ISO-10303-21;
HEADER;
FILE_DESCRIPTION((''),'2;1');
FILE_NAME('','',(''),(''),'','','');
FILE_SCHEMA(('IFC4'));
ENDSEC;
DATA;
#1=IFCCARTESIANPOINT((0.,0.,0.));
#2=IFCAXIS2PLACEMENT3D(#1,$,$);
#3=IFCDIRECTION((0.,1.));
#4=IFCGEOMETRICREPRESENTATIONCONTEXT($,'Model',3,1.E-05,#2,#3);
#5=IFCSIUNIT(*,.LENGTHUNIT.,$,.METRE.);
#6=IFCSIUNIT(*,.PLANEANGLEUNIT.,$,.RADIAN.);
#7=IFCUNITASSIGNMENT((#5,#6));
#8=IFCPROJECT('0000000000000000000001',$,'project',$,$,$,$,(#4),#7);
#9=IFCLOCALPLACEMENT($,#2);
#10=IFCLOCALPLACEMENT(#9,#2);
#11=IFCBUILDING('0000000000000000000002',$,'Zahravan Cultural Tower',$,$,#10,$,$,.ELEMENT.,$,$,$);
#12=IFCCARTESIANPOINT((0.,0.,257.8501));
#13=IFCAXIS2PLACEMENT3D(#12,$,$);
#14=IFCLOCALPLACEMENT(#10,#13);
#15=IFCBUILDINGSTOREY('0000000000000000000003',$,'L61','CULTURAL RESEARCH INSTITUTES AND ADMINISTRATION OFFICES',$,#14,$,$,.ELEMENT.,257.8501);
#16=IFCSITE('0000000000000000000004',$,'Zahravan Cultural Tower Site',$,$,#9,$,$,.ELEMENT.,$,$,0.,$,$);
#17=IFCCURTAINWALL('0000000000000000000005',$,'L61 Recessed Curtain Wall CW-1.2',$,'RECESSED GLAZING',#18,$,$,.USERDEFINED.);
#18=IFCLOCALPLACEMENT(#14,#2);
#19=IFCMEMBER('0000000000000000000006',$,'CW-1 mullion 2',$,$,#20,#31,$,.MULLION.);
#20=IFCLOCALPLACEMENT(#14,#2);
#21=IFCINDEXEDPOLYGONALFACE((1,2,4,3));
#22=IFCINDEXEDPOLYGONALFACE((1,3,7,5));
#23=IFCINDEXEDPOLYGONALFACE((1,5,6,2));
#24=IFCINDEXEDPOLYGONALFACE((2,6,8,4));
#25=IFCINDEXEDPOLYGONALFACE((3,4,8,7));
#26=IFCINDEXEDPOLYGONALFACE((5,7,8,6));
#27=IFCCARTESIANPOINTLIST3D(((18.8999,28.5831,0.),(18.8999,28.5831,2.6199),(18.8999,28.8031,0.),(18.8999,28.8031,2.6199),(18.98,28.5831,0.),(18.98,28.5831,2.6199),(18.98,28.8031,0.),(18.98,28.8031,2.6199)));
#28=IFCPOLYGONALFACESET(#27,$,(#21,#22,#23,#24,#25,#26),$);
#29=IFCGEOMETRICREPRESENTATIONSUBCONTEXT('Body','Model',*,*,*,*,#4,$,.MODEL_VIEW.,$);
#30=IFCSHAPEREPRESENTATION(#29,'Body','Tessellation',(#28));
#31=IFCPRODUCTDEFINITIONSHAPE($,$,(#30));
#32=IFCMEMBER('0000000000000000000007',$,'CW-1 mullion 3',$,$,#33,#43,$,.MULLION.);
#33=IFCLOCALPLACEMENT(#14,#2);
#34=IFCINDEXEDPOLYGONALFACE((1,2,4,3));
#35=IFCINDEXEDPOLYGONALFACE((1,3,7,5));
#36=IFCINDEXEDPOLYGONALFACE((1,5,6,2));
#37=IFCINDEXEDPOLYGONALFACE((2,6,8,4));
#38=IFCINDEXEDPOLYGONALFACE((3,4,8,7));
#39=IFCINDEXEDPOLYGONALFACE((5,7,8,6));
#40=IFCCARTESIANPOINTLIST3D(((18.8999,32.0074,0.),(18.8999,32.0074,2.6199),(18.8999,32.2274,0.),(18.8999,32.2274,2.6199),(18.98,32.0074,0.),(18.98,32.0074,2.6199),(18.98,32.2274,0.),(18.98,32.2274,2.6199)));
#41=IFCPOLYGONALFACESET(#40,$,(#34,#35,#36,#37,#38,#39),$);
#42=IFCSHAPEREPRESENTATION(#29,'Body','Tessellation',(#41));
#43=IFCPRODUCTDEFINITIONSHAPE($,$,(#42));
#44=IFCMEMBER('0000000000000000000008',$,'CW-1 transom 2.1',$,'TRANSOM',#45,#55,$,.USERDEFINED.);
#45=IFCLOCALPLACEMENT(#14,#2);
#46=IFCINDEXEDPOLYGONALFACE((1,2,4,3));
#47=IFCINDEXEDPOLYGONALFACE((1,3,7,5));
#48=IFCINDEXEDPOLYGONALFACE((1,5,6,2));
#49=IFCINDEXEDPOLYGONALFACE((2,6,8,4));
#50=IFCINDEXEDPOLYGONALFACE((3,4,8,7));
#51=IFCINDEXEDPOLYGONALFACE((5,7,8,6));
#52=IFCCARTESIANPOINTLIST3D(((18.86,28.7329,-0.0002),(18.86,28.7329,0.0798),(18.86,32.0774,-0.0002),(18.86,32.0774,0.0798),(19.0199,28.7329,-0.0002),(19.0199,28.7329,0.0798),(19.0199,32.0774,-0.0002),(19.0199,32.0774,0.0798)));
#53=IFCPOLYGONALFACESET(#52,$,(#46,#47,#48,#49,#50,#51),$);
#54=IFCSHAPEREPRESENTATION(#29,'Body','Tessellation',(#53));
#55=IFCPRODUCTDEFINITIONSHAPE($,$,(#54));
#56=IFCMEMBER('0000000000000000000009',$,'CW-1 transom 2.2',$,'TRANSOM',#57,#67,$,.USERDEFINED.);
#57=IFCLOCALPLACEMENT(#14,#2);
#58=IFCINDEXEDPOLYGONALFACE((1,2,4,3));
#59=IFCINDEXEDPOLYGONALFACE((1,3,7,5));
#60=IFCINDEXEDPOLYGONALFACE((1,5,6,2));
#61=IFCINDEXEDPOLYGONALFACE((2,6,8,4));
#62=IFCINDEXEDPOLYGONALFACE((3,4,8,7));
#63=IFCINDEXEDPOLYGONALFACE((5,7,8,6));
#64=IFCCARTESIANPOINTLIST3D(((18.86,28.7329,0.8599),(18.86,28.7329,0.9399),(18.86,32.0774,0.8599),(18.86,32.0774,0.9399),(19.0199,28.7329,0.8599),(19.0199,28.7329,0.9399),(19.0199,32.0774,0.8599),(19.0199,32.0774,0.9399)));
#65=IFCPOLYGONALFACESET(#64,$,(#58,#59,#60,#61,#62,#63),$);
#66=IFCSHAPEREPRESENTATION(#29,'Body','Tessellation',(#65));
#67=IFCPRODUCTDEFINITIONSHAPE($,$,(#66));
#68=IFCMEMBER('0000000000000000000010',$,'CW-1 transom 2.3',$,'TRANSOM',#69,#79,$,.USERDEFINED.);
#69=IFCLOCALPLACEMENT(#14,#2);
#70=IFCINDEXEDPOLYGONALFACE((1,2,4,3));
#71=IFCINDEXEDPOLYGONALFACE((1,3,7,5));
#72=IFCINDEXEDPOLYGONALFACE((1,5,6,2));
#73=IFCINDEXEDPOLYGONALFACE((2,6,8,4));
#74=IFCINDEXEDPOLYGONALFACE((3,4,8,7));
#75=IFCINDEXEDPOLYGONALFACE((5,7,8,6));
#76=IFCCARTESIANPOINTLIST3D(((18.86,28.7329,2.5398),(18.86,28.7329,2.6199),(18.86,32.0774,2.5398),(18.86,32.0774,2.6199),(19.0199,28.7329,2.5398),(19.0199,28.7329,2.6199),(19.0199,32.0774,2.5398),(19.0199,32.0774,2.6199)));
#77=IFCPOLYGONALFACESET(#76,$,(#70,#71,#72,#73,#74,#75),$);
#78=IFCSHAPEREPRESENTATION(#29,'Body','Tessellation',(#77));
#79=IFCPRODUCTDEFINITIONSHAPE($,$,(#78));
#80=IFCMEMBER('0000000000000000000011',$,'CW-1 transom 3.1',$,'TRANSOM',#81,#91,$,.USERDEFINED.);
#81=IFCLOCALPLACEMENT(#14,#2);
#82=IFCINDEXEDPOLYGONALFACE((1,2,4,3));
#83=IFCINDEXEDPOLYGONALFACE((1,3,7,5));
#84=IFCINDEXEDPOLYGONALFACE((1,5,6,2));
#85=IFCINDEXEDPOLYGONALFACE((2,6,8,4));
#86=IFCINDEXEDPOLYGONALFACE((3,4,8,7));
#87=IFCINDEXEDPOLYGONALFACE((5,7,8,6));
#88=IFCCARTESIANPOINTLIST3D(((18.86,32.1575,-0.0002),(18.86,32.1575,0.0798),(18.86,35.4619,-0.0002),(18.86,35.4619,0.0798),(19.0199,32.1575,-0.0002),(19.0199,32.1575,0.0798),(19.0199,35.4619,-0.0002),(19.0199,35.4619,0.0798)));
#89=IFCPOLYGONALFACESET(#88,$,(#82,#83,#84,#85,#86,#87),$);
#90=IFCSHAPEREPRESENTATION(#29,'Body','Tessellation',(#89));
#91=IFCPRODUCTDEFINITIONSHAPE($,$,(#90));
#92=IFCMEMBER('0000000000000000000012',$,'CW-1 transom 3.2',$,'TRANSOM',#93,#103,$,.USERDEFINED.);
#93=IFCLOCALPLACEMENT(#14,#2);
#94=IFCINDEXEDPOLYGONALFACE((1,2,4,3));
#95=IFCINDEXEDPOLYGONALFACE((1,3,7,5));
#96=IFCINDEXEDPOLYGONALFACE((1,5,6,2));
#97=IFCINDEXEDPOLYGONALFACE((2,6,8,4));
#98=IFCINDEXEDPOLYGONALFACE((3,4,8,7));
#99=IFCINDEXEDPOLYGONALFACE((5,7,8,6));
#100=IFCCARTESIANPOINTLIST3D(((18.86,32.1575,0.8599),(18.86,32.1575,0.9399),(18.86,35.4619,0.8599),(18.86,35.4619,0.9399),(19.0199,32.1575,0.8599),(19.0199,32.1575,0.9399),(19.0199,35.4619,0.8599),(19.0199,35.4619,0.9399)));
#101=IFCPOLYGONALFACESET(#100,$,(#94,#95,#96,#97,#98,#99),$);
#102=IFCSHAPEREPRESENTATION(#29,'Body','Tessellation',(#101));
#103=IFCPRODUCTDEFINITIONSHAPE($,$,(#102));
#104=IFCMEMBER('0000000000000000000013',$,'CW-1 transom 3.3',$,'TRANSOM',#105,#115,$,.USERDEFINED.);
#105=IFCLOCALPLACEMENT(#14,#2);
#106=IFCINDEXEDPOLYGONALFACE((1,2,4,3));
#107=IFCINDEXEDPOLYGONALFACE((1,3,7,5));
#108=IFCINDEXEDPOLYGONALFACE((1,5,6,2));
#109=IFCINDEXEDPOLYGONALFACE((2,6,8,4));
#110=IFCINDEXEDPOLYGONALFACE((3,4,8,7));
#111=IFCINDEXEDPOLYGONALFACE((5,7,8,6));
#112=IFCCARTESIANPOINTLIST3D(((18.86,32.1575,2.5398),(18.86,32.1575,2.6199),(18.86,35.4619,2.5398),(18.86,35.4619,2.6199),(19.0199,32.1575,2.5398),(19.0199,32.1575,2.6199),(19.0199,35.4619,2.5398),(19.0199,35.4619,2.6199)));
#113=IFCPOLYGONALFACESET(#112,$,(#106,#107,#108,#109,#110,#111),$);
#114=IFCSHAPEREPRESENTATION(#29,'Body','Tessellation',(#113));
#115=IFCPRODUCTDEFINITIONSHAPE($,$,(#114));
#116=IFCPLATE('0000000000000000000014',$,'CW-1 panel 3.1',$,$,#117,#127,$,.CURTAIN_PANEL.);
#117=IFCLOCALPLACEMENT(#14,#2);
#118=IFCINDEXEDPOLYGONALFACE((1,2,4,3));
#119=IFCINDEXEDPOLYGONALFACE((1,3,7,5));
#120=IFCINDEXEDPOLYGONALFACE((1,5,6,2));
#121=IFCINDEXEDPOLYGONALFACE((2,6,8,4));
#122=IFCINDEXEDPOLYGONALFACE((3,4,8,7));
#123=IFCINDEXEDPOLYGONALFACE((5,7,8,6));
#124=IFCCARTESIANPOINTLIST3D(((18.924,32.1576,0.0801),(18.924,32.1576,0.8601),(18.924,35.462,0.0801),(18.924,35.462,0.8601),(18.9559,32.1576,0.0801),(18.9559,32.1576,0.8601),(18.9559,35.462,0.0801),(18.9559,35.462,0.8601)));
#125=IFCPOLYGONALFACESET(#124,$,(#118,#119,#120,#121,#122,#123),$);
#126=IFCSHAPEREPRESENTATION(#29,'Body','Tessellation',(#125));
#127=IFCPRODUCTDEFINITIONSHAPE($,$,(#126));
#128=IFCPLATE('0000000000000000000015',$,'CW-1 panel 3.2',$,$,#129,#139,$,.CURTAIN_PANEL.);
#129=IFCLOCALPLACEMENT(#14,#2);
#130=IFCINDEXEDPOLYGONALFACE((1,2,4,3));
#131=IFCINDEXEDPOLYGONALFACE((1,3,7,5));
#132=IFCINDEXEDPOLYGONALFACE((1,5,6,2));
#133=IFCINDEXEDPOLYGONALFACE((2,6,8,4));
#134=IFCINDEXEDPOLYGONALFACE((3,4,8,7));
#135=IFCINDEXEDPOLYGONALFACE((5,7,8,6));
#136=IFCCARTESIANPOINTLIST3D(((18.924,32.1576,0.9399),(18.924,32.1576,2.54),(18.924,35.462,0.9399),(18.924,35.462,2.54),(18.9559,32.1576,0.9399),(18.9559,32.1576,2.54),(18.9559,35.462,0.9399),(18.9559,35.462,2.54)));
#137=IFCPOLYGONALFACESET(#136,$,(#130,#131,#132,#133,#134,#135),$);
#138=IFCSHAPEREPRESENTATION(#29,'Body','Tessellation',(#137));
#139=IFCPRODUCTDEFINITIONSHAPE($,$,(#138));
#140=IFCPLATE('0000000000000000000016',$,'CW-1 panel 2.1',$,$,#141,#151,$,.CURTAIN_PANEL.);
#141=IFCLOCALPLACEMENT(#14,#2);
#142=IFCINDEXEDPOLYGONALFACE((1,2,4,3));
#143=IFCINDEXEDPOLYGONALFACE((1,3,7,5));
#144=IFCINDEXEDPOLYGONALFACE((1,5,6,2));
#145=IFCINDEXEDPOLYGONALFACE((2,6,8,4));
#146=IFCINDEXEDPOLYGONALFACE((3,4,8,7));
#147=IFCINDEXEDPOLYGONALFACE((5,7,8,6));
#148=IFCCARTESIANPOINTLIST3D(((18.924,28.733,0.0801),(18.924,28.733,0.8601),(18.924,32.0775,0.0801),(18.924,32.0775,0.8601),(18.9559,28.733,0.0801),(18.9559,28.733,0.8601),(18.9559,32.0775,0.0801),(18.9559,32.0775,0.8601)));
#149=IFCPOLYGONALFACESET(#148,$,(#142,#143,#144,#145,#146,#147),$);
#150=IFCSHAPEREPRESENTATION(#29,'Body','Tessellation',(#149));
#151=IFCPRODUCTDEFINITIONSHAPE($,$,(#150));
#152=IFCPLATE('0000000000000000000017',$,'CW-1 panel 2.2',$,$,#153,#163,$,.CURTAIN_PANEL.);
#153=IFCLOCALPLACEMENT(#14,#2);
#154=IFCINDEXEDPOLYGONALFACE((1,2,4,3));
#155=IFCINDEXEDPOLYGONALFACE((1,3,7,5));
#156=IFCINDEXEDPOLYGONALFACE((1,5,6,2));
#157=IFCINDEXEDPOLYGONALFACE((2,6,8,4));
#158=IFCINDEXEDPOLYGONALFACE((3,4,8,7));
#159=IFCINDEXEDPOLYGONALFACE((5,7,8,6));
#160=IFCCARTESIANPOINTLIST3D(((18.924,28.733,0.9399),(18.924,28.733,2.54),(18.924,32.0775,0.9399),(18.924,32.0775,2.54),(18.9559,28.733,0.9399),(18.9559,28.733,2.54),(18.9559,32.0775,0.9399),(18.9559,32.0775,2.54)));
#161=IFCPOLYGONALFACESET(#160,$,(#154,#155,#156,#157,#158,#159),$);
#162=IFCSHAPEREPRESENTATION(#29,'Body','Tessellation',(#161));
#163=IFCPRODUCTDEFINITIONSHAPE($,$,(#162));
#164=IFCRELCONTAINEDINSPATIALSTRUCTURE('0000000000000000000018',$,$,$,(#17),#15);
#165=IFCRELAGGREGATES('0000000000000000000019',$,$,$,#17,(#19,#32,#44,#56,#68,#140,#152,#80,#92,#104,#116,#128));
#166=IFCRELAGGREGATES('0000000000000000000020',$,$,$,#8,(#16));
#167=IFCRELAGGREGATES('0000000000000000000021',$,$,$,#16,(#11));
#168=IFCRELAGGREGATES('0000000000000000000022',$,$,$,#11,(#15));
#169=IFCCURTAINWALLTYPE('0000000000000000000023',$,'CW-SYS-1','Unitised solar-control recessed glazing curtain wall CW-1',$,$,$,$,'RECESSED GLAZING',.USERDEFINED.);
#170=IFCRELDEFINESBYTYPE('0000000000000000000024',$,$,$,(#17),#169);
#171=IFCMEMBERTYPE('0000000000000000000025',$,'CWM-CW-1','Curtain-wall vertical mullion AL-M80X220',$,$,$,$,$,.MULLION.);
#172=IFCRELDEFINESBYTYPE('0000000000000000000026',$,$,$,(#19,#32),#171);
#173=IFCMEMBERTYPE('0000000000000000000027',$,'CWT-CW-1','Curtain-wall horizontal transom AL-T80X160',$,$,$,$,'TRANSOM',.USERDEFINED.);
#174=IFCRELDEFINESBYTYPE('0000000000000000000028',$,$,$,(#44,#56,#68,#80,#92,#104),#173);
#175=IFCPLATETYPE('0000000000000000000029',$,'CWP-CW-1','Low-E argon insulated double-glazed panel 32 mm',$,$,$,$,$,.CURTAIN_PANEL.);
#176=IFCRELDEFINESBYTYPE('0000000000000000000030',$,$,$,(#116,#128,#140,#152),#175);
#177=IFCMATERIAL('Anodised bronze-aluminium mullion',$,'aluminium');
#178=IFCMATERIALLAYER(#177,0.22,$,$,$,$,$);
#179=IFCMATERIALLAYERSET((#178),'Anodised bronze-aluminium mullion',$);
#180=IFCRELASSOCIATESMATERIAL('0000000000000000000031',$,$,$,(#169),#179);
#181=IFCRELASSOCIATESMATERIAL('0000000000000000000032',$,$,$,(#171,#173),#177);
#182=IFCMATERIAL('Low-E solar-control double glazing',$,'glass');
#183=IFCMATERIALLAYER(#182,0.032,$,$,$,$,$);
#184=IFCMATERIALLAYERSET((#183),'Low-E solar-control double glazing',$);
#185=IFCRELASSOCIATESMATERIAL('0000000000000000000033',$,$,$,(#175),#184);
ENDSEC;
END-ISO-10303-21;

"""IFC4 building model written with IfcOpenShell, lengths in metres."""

from ifc_helpers import new_model, si_unit, direction, frame, origin, origin_2d, place, context, subcontext, project, spatial, rectangle, extrude, source, transform, mapped, material, layer, layer_set, material_profile, profile_set, type_object, element, aggregate, save


model = new_model("IFC4")

# Units and contexts
model_context = context("Model", 3, precision=1e-05, world=origin(), true_north=direction((0.0, 1.0)))
body_context = subcontext(model_context, "Body", "Model", "MODEL_VIEW")
ifc_project = project(units=[si_unit("LENGTHUNIT", "METRE"), si_unit("PLANEANGLEUNIT", "RADIAN")], contexts=[model_context])

# Site, building, storey
site_placement = place(None, origin())
site = spatial("IfcSite", under=ifc_project, at=site_placement, Name="Zahravan Cultural Tower Site", CompositionType="ELEMENT", RefElevation=0.0)
building_placement = place(site_placement, origin())
building = spatial("IfcBuilding", under=site, at=building_placement, Name="Zahravan Cultural Tower", CompositionType="ELEMENT")
storey_placement = place(building_placement, frame((0.0, 0.0, 257.8501)))
storey = spatial("IfcBuildingStorey", under=building, at=storey_placement, Name="L61", Description="CULTURAL RESEARCH INSTITUTES AND ADMINISTRATION OFFICES", CompositionType="ELEMENT", Elevation=257.8501)

# Curtain wall, members, plates
ifc_material_1 = material(Name="Anodised bronze-aluminium mullion", Category="aluminium")
ifc_layer_1 = layer(ifc_material_1, 0.22)
ifc_layer_set_1 = layer_set([ifc_layer_1], Name="Anodised bronze-aluminium mullion")
curtain_wall_type = type_object("IfcCurtainWallType", Name="CW-SYS-1", Description="Unitised solar-control recessed glazing curtain wall CW-1", ElementType="RECESSED GLAZING", PredefinedType="USERDEFINED", material=ifc_layer_set_1)
curtain_wall_placement = place(storey_placement, origin())
curtain_wall = element("IfcCurtainWall", 1, at=curtain_wall_placement, inside=storey, type_object=curtain_wall_type, Name="L61 Recessed Curtain Wall CW-1.2", ObjectType="RECESSED GLAZING", PredefinedType="USERDEFINED")
ifc_material_profile_1 = material_profile(ifc_material_1, rectangle(XDim=0.0801, YDim=0.22, at=origin_2d()), Name="AL-M80X220")
ifc_profile_set_1 = profile_set([ifc_material_profile_1], Name="Anodised bronze-aluminium mullion")
member_type_1 = type_object("IfcMemberType", Name="CWM-CW-1", Description="Curtain-wall vertical mullion AL-M80X220", PredefinedType="MULLION", material=ifc_profile_set_1)
shared_shape_1 = source(origin(), body_context, "Body", "SweptSolid", [
    extrude(rectangle(XDim=0.0801, YDim=0.22, at=origin_2d()), origin(), (0.0, 0.0, 1.0), 2.6199),
])
member_1_placement = place(storey_placement, frame((18.9399, 28.6931, 0.0), z_axis=(0.0, 0.0, 1.0), x_axis=(-1.0, 0.0, 0.0)))
member_1 = element("IfcMember", 2, at=member_1_placement, type_object=member_type_1, Name="CW-1 mullion 2", PredefinedType="MULLION", context=body_context, shape_type="MappedRepresentation", body=[
    mapped(shared_shape_1, transform((0.0, 0.0, 0.0), x_axis=(1.0, 0.0, 0.0), y_axis=(0.0, 1.0, 0.0), z_axis=(0.0, 0.0, 1.0), scale=1.0)),
])
member_2_placement = place(storey_placement, frame((18.9399, 32.1174, 0.0), z_axis=(0.0, 0.0, 1.0), x_axis=(-1.0, 0.0, 0.0)))
member_2 = element("IfcMember", 3, at=member_2_placement, type_object=member_type_1, Name="CW-1 mullion 3", PredefinedType="MULLION", context=body_context, shape_type="MappedRepresentation", body=[
    mapped(shared_shape_1, transform((0.0, 0.0, 0.0), x_axis=(1.0, 0.0, 0.0), y_axis=(0.0, 1.0, 0.0), z_axis=(0.0, 0.0, 1.0), scale=1.0)),
])
ifc_material_profile_2 = material_profile(ifc_material_1, rectangle(XDim=0.1599, YDim=0.0801, at=origin_2d()), Name="AL-T80X160")
ifc_profile_set_2 = profile_set([ifc_material_profile_2], Name="Anodised bronze-aluminium mullion")
member_type_2 = type_object("IfcMemberType", Name="CWT-CW-1", Description="Curtain-wall horizontal transom AL-T80X160", ElementType="TRANSOM", PredefinedType="USERDEFINED", material=ifc_profile_set_2)
shared_shape_2 = source(origin(), body_context, "Body", "SweptSolid", [
    extrude(rectangle(XDim=0.1599, YDim=0.0801, at=origin_2d()), origin(), (0.0, 0.0, 1.0), 3.3445),
])
member_3_placement = place(storey_placement, frame((18.9399, 28.7329, 0.0398), z_axis=(0.0, 1.0, 0.0), x_axis=(-1.0, 0.0, 0.0)))
member_3 = element("IfcMember", 4, at=member_3_placement, type_object=member_type_2, Name="CW-1 transom 2.1", ObjectType="TRANSOM", PredefinedType="USERDEFINED", context=body_context, shape_type="MappedRepresentation", body=[
    mapped(shared_shape_2, transform((0.0, 0.0, 0.0), x_axis=(1.0, 0.0, 0.0), y_axis=(0.0, 1.0, 0.0), z_axis=(0.0, 0.0, 1.0), scale=1.0)),
])
member_4_placement = place(storey_placement, frame((18.9399, 28.7329, 0.8999), z_axis=(0.0, 1.0, 0.0), x_axis=(-1.0, 0.0, 0.0)))
member_4 = element("IfcMember", 5, at=member_4_placement, type_object=member_type_2, Name="CW-1 transom 2.2", ObjectType="TRANSOM", PredefinedType="USERDEFINED", context=body_context, shape_type="MappedRepresentation", body=[
    mapped(shared_shape_2, transform((0.0, 0.0, 0.0), x_axis=(1.0, 0.0, 0.0), y_axis=(0.0, 1.0, 0.0), z_axis=(0.0, 0.0, 1.0), scale=1.0)),
])
member_5_placement = place(storey_placement, frame((18.9399, 28.7329, 2.5798), z_axis=(0.0, 1.0, 0.0), x_axis=(-1.0, 0.0, 0.0)))
member_5 = element("IfcMember", 6, at=member_5_placement, type_object=member_type_2, Name="CW-1 transom 2.3", ObjectType="TRANSOM", PredefinedType="USERDEFINED", context=body_context, shape_type="MappedRepresentation", body=[
    mapped(shared_shape_2, transform((0.0, 0.0, 0.0), x_axis=(1.0, 0.0, 0.0), y_axis=(0.0, 1.0, 0.0), z_axis=(0.0, 0.0, 1.0), scale=1.0)),
])
shared_shape_3 = source(origin(), body_context, "Body", "SweptSolid", [
    extrude(rectangle(XDim=0.1599, YDim=0.0801, at=origin_2d()), origin(), (0.0, 0.0, 1.0), 3.3044),
])
member_6_placement = place(storey_placement, frame((18.9399, 32.1575, 0.0398), z_axis=(0.0, 1.0, 0.0), x_axis=(-1.0, 0.0, 0.0)))
member_6 = element("IfcMember", 7, at=member_6_placement, type_object=member_type_2, Name="CW-1 transom 3.1", ObjectType="TRANSOM", PredefinedType="USERDEFINED", context=body_context, shape_type="MappedRepresentation", body=[
    mapped(shared_shape_3, transform((0.0, 0.0, 0.0), x_axis=(1.0, 0.0, 0.0), y_axis=(0.0, 1.0, 0.0), z_axis=(0.0, 0.0, 1.0), scale=1.0)),
])
member_7_placement = place(storey_placement, frame((18.9399, 32.1575, 0.8999), z_axis=(0.0, 1.0, 0.0), x_axis=(-1.0, 0.0, 0.0)))
member_7 = element("IfcMember", 8, at=member_7_placement, type_object=member_type_2, Name="CW-1 transom 3.2", ObjectType="TRANSOM", PredefinedType="USERDEFINED", context=body_context, shape_type="MappedRepresentation", body=[
    mapped(shared_shape_3, transform((0.0, 0.0, 0.0), x_axis=(1.0, 0.0, 0.0), y_axis=(0.0, 1.0, 0.0), z_axis=(0.0, 0.0, 1.0), scale=1.0)),
])
member_8_placement = place(storey_placement, frame((18.9399, 32.1575, 2.5798), z_axis=(0.0, 1.0, 0.0), x_axis=(-1.0, 0.0, 0.0)))
member_8 = element("IfcMember", 9, at=member_8_placement, type_object=member_type_2, Name="CW-1 transom 3.3", ObjectType="TRANSOM", PredefinedType="USERDEFINED", context=body_context, shape_type="MappedRepresentation", body=[
    mapped(shared_shape_3, transform((0.0, 0.0, 0.0), x_axis=(1.0, 0.0, 0.0), y_axis=(0.0, 1.0, 0.0), z_axis=(0.0, 0.0, 1.0), scale=1.0)),
])
ifc_material_2 = material(Name="Low-E solar-control double glazing", Category="glass")
ifc_layer_2 = layer(ifc_material_2, 0.032)
ifc_layer_set_2 = layer_set([ifc_layer_2], Name="Low-E solar-control double glazing")
plate_type = type_object("IfcPlateType", Name="CWP-CW-1", Description="Low-E argon insulated double-glazed panel 32 mm", PredefinedType="CURTAIN_PANEL", material=ifc_layer_set_2)
shared_shape_4 = source(origin(), body_context, "Body", "SweptSolid", [
    extrude(rectangle(XDim=3.3044, YDim=0.032, at=origin_2d()), origin(), (0.0, 0.0, 1.0), 0.78),
])
plate_1_placement = place(storey_placement, frame((18.9399, 33.8098, 0.0801), z_axis=(0.0, 0.0, 1.0), x_axis=(0.0, 1.0, 0.0)))
plate_1 = element("IfcPlate", 10, at=plate_1_placement, type_object=plate_type, Name="CW-1 panel 3.1", PredefinedType="CURTAIN_PANEL", context=body_context, shape_type="MappedRepresentation", body=[
    mapped(shared_shape_4, transform((0.0, 0.0, 0.0), x_axis=(1.0, 0.0, 0.0), y_axis=(0.0, 1.0, 0.0), z_axis=(0.0, 0.0, 1.0), scale=1.0)),
])
shared_shape_5 = source(origin(), body_context, "Body", "SweptSolid", [
    extrude(rectangle(XDim=3.3044, YDim=0.032, at=origin_2d()), origin(), (0.0, 0.0, 1.0), 1.6001),
])
plate_2_placement = place(storey_placement, frame((18.9399, 33.8098, 0.9399), z_axis=(0.0, 0.0, 1.0), x_axis=(0.0, 1.0, 0.0)))
plate_2 = element("IfcPlate", 11, at=plate_2_placement, type_object=plate_type, Name="CW-1 panel 3.2", PredefinedType="CURTAIN_PANEL", context=body_context, shape_type="MappedRepresentation", body=[
    mapped(shared_shape_5, transform((0.0, 0.0, 0.0), x_axis=(1.0, 0.0, 0.0), y_axis=(0.0, 1.0, 0.0), z_axis=(0.0, 0.0, 1.0), scale=1.0)),
])
shared_shape_6 = source(origin(), body_context, "Body", "SweptSolid", [
    extrude(rectangle(XDim=3.3445, YDim=0.032, at=origin_2d()), origin(), (0.0, 0.0, 1.0), 0.78),
])
plate_3_placement = place(storey_placement, frame((18.9399, 30.4053, 0.0801), z_axis=(0.0, 0.0, 1.0), x_axis=(0.0, 1.0, 0.0)))
plate_3 = element("IfcPlate", 12, at=plate_3_placement, type_object=plate_type, Name="CW-1 panel 2.1", PredefinedType="CURTAIN_PANEL", context=body_context, shape_type="MappedRepresentation", body=[
    mapped(shared_shape_6, transform((0.0, 0.0, 0.0), x_axis=(1.0, 0.0, 0.0), y_axis=(0.0, 1.0, 0.0), z_axis=(0.0, 0.0, 1.0), scale=1.0)),
])
shared_shape_7 = source(origin(), body_context, "Body", "SweptSolid", [
    extrude(rectangle(XDim=3.3445, YDim=0.032, at=origin_2d()), origin(), (0.0, 0.0, 1.0), 1.6001),
])
plate_4_placement = place(storey_placement, frame((18.9399, 30.4053, 0.9399), z_axis=(0.0, 0.0, 1.0), x_axis=(0.0, 1.0, 0.0)))
plate_4 = element("IfcPlate", 13, at=plate_4_placement, type_object=plate_type, Name="CW-1 panel 2.2", PredefinedType="CURTAIN_PANEL", context=body_context, shape_type="MappedRepresentation", body=[
    mapped(shared_shape_7, transform((0.0, 0.0, 0.0), x_axis=(1.0, 0.0, 0.0), y_axis=(0.0, 1.0, 0.0), z_axis=(0.0, 0.0, 1.0), scale=1.0)),
])
aggregate(curtain_wall, [member_1, member_2, member_3, member_4, member_5, plate_3, plate_4, member_6, member_7, member_8, plate_1, plate_2])

save(model, "model.ifc")
